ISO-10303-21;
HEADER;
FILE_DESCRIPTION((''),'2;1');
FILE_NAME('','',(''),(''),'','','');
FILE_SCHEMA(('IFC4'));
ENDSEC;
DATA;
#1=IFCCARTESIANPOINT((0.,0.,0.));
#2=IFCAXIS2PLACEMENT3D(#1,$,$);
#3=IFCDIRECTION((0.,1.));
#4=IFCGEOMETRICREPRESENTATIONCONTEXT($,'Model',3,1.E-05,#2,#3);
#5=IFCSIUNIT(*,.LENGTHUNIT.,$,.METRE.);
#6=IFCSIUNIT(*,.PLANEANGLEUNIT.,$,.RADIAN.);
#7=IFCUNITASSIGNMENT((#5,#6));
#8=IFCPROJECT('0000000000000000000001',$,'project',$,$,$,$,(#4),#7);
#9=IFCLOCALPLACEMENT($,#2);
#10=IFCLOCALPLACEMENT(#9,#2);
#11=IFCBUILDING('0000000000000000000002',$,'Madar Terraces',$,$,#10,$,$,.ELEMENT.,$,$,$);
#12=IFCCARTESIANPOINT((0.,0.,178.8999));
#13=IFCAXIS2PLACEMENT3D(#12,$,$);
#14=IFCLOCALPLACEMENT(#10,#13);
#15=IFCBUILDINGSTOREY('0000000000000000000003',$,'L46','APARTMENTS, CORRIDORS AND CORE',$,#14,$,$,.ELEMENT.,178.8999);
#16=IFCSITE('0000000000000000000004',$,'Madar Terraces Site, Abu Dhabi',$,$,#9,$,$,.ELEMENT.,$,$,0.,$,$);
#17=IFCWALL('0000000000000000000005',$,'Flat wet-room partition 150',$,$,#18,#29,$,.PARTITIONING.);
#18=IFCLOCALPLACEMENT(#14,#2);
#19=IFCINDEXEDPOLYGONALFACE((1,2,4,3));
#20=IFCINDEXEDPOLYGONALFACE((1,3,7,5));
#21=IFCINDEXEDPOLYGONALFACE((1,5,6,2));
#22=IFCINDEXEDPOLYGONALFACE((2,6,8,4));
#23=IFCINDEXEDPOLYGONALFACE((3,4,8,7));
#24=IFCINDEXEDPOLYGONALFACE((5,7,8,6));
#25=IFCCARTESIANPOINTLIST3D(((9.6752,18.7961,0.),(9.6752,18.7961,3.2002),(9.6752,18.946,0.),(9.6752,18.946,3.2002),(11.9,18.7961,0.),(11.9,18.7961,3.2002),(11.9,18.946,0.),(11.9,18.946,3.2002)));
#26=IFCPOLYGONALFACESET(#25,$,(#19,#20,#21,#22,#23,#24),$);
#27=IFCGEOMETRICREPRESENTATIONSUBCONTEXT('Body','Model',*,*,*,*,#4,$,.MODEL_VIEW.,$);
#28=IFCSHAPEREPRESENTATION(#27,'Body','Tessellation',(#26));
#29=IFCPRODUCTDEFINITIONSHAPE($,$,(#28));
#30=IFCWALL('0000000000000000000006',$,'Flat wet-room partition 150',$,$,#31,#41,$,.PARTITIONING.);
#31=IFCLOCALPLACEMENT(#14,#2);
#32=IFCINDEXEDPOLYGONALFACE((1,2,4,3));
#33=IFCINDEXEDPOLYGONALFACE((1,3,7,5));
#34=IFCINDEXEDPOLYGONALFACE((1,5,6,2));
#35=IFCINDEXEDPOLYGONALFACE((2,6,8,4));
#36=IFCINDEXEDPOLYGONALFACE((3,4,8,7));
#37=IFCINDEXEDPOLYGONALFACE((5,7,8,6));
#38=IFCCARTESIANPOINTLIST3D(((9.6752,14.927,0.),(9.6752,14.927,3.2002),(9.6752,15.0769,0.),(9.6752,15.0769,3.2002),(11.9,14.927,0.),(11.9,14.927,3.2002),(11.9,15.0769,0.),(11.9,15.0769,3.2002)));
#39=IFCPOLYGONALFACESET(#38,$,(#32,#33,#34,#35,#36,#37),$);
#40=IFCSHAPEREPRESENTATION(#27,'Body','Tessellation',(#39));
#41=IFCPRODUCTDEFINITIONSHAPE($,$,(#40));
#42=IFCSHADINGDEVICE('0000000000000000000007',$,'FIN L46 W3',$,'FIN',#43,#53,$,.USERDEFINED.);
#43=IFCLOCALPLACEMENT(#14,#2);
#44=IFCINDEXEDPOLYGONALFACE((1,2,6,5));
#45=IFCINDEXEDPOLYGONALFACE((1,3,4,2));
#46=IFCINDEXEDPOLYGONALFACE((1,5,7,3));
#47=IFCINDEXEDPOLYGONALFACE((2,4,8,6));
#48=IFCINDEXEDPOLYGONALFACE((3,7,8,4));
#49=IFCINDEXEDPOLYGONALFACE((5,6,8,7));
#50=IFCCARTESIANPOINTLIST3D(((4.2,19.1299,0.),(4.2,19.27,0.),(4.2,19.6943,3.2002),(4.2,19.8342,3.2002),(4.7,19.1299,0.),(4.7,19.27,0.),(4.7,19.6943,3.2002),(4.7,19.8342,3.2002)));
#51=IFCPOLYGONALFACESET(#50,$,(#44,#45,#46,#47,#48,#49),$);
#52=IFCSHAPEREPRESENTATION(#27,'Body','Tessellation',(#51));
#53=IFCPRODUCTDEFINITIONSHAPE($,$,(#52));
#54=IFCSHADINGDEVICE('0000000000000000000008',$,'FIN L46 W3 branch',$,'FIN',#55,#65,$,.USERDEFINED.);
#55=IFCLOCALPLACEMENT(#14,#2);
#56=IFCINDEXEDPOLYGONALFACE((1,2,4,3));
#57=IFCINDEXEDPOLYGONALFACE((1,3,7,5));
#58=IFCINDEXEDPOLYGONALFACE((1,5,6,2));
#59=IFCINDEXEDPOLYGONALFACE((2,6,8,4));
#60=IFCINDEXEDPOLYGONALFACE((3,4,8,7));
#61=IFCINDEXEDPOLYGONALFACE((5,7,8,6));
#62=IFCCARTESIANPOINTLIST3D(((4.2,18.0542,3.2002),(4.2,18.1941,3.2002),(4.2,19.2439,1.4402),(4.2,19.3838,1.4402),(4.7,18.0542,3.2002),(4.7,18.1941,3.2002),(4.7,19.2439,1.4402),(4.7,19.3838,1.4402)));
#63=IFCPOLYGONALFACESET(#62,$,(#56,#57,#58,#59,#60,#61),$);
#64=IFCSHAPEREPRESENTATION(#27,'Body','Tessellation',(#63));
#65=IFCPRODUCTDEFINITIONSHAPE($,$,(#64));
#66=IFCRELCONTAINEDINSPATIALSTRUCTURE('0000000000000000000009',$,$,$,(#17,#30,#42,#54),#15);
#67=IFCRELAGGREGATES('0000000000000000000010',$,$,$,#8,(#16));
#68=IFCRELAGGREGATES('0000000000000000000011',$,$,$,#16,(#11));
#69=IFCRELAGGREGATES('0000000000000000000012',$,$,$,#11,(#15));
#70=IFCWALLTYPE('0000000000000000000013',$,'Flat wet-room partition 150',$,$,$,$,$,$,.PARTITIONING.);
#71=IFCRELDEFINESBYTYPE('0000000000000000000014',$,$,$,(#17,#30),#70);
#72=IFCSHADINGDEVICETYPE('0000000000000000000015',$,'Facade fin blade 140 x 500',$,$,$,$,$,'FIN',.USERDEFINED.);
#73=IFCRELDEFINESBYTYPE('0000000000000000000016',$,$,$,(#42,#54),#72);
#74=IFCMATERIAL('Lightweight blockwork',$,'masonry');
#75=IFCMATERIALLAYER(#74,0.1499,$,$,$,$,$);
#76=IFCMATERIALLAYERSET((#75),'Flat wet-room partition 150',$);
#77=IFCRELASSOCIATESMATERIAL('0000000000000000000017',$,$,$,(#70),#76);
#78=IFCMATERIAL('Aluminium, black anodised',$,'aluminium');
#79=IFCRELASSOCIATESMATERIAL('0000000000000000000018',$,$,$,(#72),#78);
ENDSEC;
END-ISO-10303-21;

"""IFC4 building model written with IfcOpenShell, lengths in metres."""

from ifc_helpers import new_model, si_unit, direction, frame, frame_2d, origin, place, context, subcontext, project, spatial, polyline, rectangle, outline, extrude, material, layer, layer_set, type_object, element, save


model = new_model("IFC4")

# Units and contexts
model_context = context("Model", 3, precision=1e-05, world=origin(), true_north=direction((0.0, 1.0)))
body_context = subcontext(model_context, "Body", "Model", "MODEL_VIEW")
ifc_project = project(units=[si_unit("LENGTHUNIT", "METRE"), si_unit("PLANEANGLEUNIT", "RADIAN")], contexts=[model_context])

# Site, building, storey
site_placement = place(None, origin())
site = spatial("IfcSite", under=ifc_project, at=site_placement, Name="Madar Terraces Site, Abu Dhabi", CompositionType="ELEMENT", RefElevation=0.0)
building_placement = place(site_placement, origin())
building = spatial("IfcBuilding", under=site, at=building_placement, Name="Madar Terraces", CompositionType="ELEMENT")
storey_placement = place(building_placement, frame((0.0, 0.0, 178.8999)))
storey = spatial("IfcBuildingStorey", under=building, at=storey_placement, Name="L46", Description="APARTMENTS, CORRIDORS AND CORE", CompositionType="ELEMENT", Elevation=178.8999)

# Walls
ifc_material_1 = material(Name="Lightweight blockwork", Category="masonry")
ifc_layer_1 = layer(ifc_material_1, 0.1499)
ifc_layer_set_1 = layer_set([ifc_layer_1], Name="Flat wet-room partition 150")
wall_type_1 = type_object("IfcWallType", Name="Flat wet-room partition 150", PredefinedType="PARTITIONING", material=ifc_layer_set_1)
for number, where, z_axis, x_axis, name in (
    (1, (11.8999, 18.8711, 0.0), (0.0, 0.0, 1.0), (-1.0, 0.0, 0.0), "Flat wet-room partition 150"),
    (2, (11.8999, 15.002, 0.0), (0.0, 0.0, 1.0), (-1.0, 0.0, 0.0), "Flat wet-room partition 150"),
):
    element("IfcWall", number, at=place(storey_placement, frame(where, z_axis=z_axis, x_axis=x_axis)), inside=storey, type_object=wall_type_1, Name=name, PredefinedType="PARTITIONING", context=body_context, shape_type="SweptSolid", body=[
        extrude(rectangle(XDim=2.2249, YDim=0.1499, at=frame_2d((1.1123, 0.0))), origin(), (0.0, 0.0, 1.0), 3.2002),
    ])

# Shading devices
ifc_material_2 = material(Name="Aluminium, black anodised", Category="aluminium")
shading_device_type = type_object("IfcShadingDeviceType", Name="Facade fin blade 140 x 500", ElementType="FIN", PredefinedType="USERDEFINED", material=ifc_material_2)
shading_device_1_placement = place(storey_placement, frame((4.45, 19.27, 0.0), z_axis=(0.0, 0.0, 1.0), x_axis=(0.0, -1.0, 0.0)))
element("IfcShadingDevice", 3, at=shading_device_1_placement, inside=storey, type_object=shading_device_type, Name="FIN L46 W3", ObjectType="FIN", PredefinedType="USERDEFINED", context=body_context, shape_type="SweptSolid", body=[
    extrude(outline(polyline([(0.0, 0.0), (0.1401, 0.0), (-0.4243, 3.2002), (-0.5642, 3.2002), (0.0, 0.0)])), frame((0.0, 0.25, 0.0), z_axis=(0.0, -1.0, 0.0), x_axis=(1.0, 0.0, 0.0)), (0.0, 0.0, 1.0), 0.5),
])
shading_device_2_placement = place(storey_placement, frame((4.45, 19.3838, 1.4402), z_axis=(0.0, 0.0, 1.0), x_axis=(0.0, -1.0, 0.0)))
element("IfcShadingDevice", 4, at=shading_device_2_placement, inside=storey, type_object=shading_device_type, Name="FIN L46 W3 branch", ObjectType="FIN", PredefinedType="USERDEFINED", context=body_context, shape_type="SweptSolid", body=[
    extrude(outline(polyline([(0.0, 0.0), (0.1399, 0.0), (1.3296, 1.76), (1.1897, 1.76), (0.0, 0.0)])), frame((0.0, 0.25, 0.0), z_axis=(0.0, -1.0, 0.0), x_axis=(1.0, 0.0, 0.0)), (0.0, 0.0, 1.0), 0.5),
])

save(model, "model.ifc")
